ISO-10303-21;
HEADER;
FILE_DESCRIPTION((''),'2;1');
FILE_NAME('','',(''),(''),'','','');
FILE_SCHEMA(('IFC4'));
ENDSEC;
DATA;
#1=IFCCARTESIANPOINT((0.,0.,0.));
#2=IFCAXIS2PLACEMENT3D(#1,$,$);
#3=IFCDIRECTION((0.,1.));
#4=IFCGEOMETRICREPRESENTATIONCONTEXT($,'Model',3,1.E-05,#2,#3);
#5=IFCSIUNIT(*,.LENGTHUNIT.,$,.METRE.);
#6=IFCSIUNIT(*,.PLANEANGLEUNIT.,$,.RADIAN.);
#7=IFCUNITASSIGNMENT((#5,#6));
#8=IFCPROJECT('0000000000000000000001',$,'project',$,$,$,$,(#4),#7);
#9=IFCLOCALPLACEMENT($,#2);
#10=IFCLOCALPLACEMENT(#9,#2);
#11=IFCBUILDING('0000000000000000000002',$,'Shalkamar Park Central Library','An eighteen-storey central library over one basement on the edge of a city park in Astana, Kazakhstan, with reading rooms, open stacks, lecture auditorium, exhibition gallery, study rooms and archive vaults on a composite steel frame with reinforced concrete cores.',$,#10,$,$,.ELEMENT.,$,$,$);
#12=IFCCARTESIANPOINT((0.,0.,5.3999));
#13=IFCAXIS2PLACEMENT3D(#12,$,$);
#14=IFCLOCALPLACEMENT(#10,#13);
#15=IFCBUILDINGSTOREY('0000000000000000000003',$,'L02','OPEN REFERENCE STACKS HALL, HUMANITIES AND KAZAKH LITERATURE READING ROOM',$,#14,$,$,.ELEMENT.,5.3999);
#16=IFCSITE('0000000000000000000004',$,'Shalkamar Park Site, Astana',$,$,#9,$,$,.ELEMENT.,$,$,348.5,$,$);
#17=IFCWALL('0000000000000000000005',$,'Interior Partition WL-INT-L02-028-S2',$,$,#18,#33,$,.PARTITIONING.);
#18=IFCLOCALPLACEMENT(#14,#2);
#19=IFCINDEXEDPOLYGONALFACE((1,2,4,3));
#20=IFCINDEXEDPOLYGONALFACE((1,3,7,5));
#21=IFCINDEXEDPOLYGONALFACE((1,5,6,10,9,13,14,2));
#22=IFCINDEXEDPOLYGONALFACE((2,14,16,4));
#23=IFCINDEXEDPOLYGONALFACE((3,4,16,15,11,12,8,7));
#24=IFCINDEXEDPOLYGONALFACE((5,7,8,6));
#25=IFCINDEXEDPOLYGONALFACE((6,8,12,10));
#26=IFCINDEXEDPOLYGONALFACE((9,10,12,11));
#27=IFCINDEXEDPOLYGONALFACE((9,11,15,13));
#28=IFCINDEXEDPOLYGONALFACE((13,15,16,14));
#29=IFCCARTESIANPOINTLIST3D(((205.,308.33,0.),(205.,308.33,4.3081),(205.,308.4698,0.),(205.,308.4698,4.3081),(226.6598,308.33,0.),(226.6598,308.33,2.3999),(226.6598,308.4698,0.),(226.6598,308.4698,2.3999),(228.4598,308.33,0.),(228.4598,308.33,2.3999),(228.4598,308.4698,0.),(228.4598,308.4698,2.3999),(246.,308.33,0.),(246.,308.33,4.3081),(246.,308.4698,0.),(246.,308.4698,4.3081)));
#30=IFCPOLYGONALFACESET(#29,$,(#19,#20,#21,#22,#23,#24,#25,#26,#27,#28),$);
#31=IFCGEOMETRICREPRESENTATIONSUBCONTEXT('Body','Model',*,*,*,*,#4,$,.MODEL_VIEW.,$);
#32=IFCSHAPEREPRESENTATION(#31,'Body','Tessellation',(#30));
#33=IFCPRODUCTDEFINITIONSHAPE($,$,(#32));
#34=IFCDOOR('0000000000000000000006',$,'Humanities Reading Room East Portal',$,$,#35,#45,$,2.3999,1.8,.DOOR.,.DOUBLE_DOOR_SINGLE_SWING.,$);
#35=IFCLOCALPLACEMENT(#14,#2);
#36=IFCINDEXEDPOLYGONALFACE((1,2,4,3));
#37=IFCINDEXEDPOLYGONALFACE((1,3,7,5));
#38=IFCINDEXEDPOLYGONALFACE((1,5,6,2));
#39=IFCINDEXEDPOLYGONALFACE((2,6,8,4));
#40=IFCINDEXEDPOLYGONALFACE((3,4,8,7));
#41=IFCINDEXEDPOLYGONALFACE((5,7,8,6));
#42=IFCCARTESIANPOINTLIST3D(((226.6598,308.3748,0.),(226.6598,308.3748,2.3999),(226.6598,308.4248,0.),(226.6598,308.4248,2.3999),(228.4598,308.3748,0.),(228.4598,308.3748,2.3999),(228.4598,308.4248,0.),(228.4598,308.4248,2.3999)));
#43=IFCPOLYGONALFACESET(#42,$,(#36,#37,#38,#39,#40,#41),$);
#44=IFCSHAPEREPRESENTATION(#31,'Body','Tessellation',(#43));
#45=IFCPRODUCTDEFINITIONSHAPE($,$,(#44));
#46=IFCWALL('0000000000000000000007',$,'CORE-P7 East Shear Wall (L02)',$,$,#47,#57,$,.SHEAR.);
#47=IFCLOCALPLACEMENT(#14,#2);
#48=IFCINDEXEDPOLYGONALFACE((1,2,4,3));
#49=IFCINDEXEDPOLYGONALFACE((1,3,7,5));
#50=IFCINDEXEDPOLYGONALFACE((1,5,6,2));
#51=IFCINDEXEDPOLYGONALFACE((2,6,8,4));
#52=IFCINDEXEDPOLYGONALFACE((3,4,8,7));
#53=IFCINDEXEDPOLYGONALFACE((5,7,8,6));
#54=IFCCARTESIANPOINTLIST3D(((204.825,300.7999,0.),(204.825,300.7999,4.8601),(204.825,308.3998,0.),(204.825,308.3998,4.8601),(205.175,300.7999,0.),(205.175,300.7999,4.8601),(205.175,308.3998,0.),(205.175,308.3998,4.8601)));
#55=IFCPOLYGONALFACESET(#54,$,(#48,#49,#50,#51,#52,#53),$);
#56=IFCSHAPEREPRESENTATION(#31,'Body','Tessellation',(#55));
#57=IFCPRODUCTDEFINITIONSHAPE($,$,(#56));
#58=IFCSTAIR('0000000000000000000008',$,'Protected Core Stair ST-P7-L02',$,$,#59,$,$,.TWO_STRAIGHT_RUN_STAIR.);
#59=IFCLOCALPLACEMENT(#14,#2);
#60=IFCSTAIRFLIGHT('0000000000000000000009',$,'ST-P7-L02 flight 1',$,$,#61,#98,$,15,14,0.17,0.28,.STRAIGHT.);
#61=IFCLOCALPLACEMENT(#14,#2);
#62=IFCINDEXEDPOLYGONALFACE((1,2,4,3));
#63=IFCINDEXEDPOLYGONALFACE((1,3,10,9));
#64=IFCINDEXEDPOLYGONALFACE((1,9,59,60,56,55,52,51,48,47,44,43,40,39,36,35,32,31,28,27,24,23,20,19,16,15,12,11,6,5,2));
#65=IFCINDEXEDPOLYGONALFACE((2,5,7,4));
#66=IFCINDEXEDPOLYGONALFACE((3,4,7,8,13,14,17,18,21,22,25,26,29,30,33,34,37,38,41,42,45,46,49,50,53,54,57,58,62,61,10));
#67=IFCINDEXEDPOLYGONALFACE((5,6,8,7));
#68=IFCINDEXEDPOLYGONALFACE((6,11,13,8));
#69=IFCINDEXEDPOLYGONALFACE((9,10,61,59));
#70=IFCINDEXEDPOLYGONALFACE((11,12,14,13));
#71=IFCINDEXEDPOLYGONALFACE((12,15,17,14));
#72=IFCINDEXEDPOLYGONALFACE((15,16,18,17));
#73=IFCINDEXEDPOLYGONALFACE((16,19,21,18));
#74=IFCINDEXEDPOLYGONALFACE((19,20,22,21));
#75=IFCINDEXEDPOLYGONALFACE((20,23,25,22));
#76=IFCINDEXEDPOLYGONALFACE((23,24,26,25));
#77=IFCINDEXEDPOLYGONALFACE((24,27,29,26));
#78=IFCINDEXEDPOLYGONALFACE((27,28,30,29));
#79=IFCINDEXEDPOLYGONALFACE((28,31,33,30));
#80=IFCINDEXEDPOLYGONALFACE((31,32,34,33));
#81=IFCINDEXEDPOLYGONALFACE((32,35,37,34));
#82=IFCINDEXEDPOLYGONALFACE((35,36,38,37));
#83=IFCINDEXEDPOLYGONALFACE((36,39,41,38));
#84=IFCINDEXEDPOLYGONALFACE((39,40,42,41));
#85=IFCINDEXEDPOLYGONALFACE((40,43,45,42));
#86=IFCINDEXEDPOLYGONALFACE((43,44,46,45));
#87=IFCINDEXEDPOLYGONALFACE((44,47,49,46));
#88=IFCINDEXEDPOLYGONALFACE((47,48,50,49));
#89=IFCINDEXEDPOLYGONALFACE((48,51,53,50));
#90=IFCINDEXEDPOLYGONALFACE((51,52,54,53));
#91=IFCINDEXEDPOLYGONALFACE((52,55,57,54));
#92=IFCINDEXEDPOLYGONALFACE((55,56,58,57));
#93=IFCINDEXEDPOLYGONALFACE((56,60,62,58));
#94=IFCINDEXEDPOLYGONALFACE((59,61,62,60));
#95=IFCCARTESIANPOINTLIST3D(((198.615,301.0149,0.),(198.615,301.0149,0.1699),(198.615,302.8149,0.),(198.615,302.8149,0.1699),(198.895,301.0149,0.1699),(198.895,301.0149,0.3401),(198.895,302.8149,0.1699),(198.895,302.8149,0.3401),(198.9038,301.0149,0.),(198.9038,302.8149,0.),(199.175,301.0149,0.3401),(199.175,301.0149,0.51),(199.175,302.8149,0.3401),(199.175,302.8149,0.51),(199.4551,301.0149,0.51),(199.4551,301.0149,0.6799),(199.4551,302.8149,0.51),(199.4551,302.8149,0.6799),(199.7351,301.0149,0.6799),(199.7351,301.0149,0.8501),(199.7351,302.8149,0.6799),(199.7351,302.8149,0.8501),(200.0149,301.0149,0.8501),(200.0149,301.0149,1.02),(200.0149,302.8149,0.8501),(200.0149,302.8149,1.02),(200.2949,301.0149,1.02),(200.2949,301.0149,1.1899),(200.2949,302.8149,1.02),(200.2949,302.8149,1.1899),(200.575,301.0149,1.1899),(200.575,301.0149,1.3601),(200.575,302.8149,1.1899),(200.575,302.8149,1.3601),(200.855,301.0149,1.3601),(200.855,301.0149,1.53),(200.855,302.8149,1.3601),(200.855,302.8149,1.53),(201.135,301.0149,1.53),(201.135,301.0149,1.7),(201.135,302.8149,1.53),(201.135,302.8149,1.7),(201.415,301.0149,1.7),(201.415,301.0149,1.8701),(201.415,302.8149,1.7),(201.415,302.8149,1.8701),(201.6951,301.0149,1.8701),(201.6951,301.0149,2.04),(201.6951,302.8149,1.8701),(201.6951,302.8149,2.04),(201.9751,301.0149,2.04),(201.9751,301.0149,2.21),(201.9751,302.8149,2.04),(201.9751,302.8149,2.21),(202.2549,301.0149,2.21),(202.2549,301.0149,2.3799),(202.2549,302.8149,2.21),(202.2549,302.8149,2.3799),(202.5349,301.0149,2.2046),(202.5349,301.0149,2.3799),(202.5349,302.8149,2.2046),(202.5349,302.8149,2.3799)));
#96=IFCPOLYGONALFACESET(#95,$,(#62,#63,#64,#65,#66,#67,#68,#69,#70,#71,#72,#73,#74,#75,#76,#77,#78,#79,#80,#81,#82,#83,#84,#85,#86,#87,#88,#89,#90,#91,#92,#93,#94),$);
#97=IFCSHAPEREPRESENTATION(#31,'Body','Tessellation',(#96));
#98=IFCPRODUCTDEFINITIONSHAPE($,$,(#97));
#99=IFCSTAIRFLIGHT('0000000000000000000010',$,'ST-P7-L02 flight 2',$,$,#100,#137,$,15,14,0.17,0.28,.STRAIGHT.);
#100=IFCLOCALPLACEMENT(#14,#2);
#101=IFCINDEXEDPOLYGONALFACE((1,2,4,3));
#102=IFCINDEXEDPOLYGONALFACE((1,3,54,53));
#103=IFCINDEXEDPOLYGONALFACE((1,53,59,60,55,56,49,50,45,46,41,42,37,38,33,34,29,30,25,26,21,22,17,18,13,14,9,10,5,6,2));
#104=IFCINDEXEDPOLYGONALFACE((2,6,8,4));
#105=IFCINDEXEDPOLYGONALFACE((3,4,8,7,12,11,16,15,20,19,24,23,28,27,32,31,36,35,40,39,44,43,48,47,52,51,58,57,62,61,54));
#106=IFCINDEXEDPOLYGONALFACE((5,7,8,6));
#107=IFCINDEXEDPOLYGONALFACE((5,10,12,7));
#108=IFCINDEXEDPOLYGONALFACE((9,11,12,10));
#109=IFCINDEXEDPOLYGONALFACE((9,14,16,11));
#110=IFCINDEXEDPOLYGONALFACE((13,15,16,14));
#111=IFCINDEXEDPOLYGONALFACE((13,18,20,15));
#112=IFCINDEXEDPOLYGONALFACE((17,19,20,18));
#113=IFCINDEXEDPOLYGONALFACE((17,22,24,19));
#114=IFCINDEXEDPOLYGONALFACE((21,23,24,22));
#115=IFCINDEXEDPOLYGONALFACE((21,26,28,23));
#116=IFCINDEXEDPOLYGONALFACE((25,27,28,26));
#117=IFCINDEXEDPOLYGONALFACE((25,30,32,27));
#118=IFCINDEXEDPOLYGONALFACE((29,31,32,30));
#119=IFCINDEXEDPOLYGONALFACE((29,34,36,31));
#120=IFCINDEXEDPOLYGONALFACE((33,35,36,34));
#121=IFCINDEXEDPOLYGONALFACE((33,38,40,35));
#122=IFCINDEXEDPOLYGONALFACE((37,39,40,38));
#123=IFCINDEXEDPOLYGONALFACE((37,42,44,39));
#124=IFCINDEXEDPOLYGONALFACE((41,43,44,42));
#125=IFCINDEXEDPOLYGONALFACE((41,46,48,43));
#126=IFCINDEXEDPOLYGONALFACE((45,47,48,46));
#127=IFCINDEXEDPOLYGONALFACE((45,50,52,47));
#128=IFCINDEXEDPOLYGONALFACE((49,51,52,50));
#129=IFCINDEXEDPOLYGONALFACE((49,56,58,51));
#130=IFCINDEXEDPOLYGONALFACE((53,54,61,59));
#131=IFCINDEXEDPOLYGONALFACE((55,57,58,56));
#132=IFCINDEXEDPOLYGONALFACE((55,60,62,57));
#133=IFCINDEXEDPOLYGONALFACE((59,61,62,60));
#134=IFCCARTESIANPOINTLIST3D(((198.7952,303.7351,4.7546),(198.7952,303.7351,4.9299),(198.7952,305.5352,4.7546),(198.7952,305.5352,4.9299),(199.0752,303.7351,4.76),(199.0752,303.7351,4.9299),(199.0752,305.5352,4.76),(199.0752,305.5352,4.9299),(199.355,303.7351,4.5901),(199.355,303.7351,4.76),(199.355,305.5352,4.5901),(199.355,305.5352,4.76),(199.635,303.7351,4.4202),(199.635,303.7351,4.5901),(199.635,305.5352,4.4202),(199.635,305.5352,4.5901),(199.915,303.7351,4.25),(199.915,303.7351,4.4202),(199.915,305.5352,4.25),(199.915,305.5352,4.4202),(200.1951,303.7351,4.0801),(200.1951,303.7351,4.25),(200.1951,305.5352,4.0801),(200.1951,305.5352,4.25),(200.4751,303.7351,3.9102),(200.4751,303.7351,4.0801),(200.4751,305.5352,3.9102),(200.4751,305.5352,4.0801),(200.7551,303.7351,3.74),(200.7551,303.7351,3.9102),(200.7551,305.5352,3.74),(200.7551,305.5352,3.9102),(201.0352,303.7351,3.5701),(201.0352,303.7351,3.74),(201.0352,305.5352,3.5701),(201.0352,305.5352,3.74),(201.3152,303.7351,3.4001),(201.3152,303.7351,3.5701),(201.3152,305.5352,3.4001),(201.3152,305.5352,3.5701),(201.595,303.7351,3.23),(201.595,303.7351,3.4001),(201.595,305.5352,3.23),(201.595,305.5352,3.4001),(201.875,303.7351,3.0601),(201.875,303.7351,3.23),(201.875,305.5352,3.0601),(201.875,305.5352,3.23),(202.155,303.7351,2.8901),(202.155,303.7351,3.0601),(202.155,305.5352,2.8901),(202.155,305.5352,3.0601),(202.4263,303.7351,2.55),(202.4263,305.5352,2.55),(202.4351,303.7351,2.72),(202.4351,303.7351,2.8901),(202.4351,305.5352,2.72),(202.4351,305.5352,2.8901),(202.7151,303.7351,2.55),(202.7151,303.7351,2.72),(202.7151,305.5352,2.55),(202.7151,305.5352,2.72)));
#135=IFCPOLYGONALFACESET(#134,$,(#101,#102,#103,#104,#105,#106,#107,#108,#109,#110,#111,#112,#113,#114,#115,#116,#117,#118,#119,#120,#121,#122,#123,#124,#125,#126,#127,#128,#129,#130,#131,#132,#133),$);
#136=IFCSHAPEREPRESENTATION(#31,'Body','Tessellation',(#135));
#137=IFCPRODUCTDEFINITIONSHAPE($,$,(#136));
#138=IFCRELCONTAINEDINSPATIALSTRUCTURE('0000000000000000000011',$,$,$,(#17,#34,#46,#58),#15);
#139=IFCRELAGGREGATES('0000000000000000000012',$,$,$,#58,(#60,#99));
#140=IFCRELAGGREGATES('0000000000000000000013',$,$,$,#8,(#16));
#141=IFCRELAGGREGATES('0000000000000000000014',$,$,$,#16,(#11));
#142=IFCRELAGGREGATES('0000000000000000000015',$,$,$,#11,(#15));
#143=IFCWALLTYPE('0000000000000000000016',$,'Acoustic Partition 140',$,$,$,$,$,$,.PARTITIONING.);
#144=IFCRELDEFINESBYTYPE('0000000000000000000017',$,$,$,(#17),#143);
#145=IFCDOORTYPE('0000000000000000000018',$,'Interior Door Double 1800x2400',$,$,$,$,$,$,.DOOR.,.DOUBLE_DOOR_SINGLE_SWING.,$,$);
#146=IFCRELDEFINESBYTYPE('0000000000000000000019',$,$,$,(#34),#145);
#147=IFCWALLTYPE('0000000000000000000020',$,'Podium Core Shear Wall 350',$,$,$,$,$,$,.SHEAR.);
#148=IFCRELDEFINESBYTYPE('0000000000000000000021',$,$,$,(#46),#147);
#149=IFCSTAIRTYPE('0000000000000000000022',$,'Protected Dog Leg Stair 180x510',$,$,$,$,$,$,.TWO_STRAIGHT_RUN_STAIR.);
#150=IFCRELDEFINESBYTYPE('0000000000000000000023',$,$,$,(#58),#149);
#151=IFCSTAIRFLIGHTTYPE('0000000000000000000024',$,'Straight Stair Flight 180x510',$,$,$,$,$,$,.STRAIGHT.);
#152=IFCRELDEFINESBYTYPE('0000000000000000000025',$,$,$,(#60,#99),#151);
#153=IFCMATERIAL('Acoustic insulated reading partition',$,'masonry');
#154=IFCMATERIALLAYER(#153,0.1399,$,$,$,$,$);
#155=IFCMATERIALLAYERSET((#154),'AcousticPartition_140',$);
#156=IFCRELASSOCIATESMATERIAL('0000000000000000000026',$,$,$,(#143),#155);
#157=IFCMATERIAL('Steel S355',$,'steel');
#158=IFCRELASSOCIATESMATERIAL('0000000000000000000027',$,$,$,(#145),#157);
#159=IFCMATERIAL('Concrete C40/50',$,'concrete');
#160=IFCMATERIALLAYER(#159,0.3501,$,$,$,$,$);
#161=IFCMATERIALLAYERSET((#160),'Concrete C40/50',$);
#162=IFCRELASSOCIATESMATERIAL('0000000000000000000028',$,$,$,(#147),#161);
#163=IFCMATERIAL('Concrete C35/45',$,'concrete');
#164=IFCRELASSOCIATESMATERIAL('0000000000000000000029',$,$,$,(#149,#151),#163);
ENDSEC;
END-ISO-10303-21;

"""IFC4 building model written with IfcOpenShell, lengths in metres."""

from ifc_helpers import new_model, si_unit, direction, frame, frame_2d, origin, place, context, subcontext, project, spatial, polyline, rectangle, outline, extrude, material, layer, layer_set, type_object, element, fill, aggregate, save


model = new_model("IFC4")

# Units and contexts
model_context = context("Model", 3, precision=1e-05, world=origin(), true_north=direction((0.0, 1.0)))
body_context = subcontext(model_context, "Body", "Model", "MODEL_VIEW")
ifc_project = project(units=[si_unit("LENGTHUNIT", "METRE"), si_unit("PLANEANGLEUNIT", "RADIAN")], contexts=[model_context])

# Site, building, storey
site_placement = place(None, origin())
site = spatial("IfcSite", under=ifc_project, at=site_placement, Name="Shalkamar Park Site, Astana", CompositionType="ELEMENT", RefElevation=348.5)
building_placement = place(site_placement, origin())
building = spatial("IfcBuilding", under=site, at=building_placement, Name="Shalkamar Park Central Library", Description="An eighteen-storey central library over one basement on the edge of a city park in Astana, Kazakhstan, with reading rooms, open stacks, lecture auditorium, exhibition gallery, study rooms and archive vaults on a composite steel frame with reinforced concrete cores.", CompositionType="ELEMENT")
storey_placement = place(building_placement, frame((0.0, 0.0, 5.3999)))
storey = spatial("IfcBuildingStorey", under=building, at=storey_placement, Name="L02", Description="OPEN REFERENCE STACKS HALL, HUMANITIES AND KAZAKH LITERATURE READING ROOM", CompositionType="ELEMENT", Elevation=5.3999)

# Shared definitions
ifc_material_1 = material(Name="Steel S355", Category="steel")

# Wall, opening, door
ifc_material_2 = material(Name="Acoustic insulated reading partition", Category="masonry")
ifc_layer_1 = layer(ifc_material_2, 0.1399)
ifc_layer_set_1 = layer_set([ifc_layer_1], Name="AcousticPartition_140")
wall_type_1 = type_object("IfcWallType", Name="Acoustic Partition 140", PredefinedType="PARTITIONING", material=ifc_layer_set_1)
wall_1_placement = place(storey_placement, frame((205.0, 308.3999, 0.0), z_axis=(0.0, 0.0, 1.0), x_axis=(1.0, 0.0, 0.0)))
wall_1 = element("IfcWall", 1, at=wall_1_placement, inside=storey, type_object=wall_type_1, Name="Interior Partition WL-INT-L02-028-S2", PredefinedType="PARTITIONING", context=body_context, shape_type="SweptSolid", body=[
    extrude(rectangle(XDim=41.0, YDim=0.1399, at=frame_2d((20.5, 0.0))), origin(), (0.0, 0.0, 1.0), 4.3081),
])
opening_placement = place(wall_1_placement, frame((21.6599, 0.0, 0.0)))
opening = element("IfcOpeningElement", 2, at=opening_placement, cuts=wall_1, PredefinedType="OPENING", context=body_context, shape_type="SweptSolid", body=[
    extrude(rectangle(XDim=1.8, YDim=2.3999, at=frame_2d((0.8999, 1.2))), frame((0.0, 0.085, 0.0), z_axis=(0.0, -1.0, 0.0), x_axis=(1.0, 0.0, 0.0)), (0.0, 0.0, 1.0), 0.1697),
])
door_type = type_object("IfcDoorType", Name="Interior Door Double 1800x2400", OperationType="DOUBLE_DOOR_SINGLE_SWING", PredefinedType="DOOR", material=ifc_material_1)
door_placement = place(opening_placement, origin())
door = element("IfcDoor", 3, at=door_placement, inside=storey, type_object=door_type, Name="Humanities Reading Room East Portal", OperationType="DOUBLE_DOOR_SINGLE_SWING", OverallHeight=2.3999, OverallWidth=1.8, PredefinedType="DOOR", context=body_context, shape_type="SweptSolid", body=[
    extrude(rectangle(XDim=1.8, YDim=2.3999, at=frame_2d((0.8999, 1.2))), frame((0.0, 0.0249, 0.0), z_axis=(0.0, -1.0, 0.0), x_axis=(1.0, 0.0, 0.0)), (0.0, 0.0, 1.0), 0.05),
])
fill(opening, door)

# Wall
ifc_material_3 = material(Name="Concrete C40/50", Category="concrete")
ifc_layer_2 = layer(ifc_material_3, 0.3501)
ifc_layer_set_2 = layer_set([ifc_layer_2], Name="Concrete C40/50")
wall_type_2 = type_object("IfcWallType", Name="Podium Core Shear Wall 350", PredefinedType="SHEAR", material=ifc_layer_set_2)
wall_2_placement = place(storey_placement, frame((205.0, 300.8, 0.0), z_axis=(0.0, 0.0, 1.0), x_axis=(0.0, 1.0, 0.0)))
element("IfcWall", 4, at=wall_2_placement, inside=storey, type_object=wall_type_2, Name="CORE-P7 East Shear Wall (L02)", PredefinedType="SHEAR", context=body_context, shape_type="SweptSolid", body=[
    extrude(rectangle(XDim=7.5999, YDim=0.3501, at=frame_2d((3.7998, 0.0))), origin(), (0.0, 0.0, 1.0), 4.8601),
])

# Stair, stair flights
ifc_material_4 = material(Name="Concrete C35/45", Category="concrete")
stair_type = type_object("IfcStairType", Name="Protected Dog Leg Stair 180x510", PredefinedType="TWO_STRAIGHT_RUN_STAIR", material=ifc_material_4)
stair_placement = place(storey_placement, origin())
stair = element("IfcStair", 5, at=stair_placement, inside=storey, type_object=stair_type, Name="Protected Core Stair ST-P7-L02", PredefinedType="TWO_STRAIGHT_RUN_STAIR")
stair_flight_type = type_object("IfcStairFlightType", Name="Straight Stair Flight 180x510", PredefinedType="STRAIGHT", material=ifc_material_4)
stair_flight_1_placement = place(storey_placement, frame((198.615, 301.915, 0.0), z_axis=(0.0, 0.0, 1.0), x_axis=(1.0, 0.0, 0.0)))
stair_flight_1 = element("IfcStairFlight", 6, at=stair_flight_1_placement, type_object=stair_flight_type, Name="ST-P7-L02 flight 1", NumberOfRisers=15, NumberOfTreads=14, PredefinedType="STRAIGHT", RiserHeight=0.17, TreadLength=0.28, context=body_context, shape_type="SweptSolid", body=[
    extrude(outline(polyline([(0.0, 0.0), (0.0, 0.1699), (0.28, 0.1699), (0.28, 0.3401), (0.5601, 0.3401), (0.5601, 0.51), (0.8401, 0.51), (0.8401, 0.6799), (1.1201, 0.6799), (1.1201, 0.8501), (1.3999, 0.8501), (1.3999, 1.02), (1.6799, 1.02), (1.6799, 1.1899), (1.96, 1.1899), (1.96, 1.3601), (2.24, 1.3601), (2.24, 1.53), (2.52, 1.53), (2.52, 1.7), (2.8, 1.7), (2.8, 1.8701), (3.0801, 1.8701), (3.0801, 2.04), (3.3601, 2.04), (3.3601, 2.21), (3.6399, 2.21), (3.6399, 2.3799), (3.9199, 2.3799), (3.9199, 2.55), (3.9199, 2.2046), (0.2888, 0.0), (0.0, 0.0)])), frame((0.0, 0.8999, 0.0), z_axis=(0.0, -1.0, 0.0), x_axis=(1.0, 0.0, 0.0)), (0.0, 0.0, 1.0), 1.8),
])
stair_flight_2_placement = place(storey_placement, frame((202.7151, 304.635, 2.55), z_axis=(0.0, 0.0, 1.0), x_axis=(-1.0, 0.0, 0.0)))
stair_flight_2 = element("IfcStairFlight", 7, at=stair_flight_2_placement, type_object=stair_flight_type, Name="ST-P7-L02 flight 2", NumberOfRisers=15, NumberOfTreads=14, PredefinedType="STRAIGHT", RiserHeight=0.17, TreadLength=0.28, context=body_context, shape_type="SweptSolid", body=[
    extrude(outline(polyline([(0.0, 0.0), (0.0, 0.1699), (0.28, 0.1699), (0.28, 0.3401), (0.5601, 0.3401), (0.5601, 0.51), (0.8401, 0.51), (0.8401, 0.6799), (1.1201, 0.6799), (1.1201, 0.8501), (1.3999, 0.8501), (1.3999, 1.02), (1.6799, 1.02), (1.6799, 1.1899), (1.96, 1.1899), (1.96, 1.3601), (2.24, 1.3601), (2.24, 1.53), (2.52, 1.53), (2.52, 1.7), (2.8, 1.7), (2.8, 1.8701), (3.0801, 1.8701), (3.0801, 2.04), (3.3601, 2.04), (3.3601, 2.21), (3.6399, 2.21), (3.6399, 2.3799), (3.9199, 2.3799), (3.9199, 2.55), (3.9199, 2.2046), (0.2888, 0.0), (0.0, 0.0)])), frame((0.0, 0.8999, 0.0), z_axis=(0.0, -1.0, 0.0), x_axis=(1.0, 0.0, 0.0)), (0.0, 0.0, 1.0), 1.8),
])
aggregate(stair, [stair_flight_1, stair_flight_2])

save(model, "model.ifc")
